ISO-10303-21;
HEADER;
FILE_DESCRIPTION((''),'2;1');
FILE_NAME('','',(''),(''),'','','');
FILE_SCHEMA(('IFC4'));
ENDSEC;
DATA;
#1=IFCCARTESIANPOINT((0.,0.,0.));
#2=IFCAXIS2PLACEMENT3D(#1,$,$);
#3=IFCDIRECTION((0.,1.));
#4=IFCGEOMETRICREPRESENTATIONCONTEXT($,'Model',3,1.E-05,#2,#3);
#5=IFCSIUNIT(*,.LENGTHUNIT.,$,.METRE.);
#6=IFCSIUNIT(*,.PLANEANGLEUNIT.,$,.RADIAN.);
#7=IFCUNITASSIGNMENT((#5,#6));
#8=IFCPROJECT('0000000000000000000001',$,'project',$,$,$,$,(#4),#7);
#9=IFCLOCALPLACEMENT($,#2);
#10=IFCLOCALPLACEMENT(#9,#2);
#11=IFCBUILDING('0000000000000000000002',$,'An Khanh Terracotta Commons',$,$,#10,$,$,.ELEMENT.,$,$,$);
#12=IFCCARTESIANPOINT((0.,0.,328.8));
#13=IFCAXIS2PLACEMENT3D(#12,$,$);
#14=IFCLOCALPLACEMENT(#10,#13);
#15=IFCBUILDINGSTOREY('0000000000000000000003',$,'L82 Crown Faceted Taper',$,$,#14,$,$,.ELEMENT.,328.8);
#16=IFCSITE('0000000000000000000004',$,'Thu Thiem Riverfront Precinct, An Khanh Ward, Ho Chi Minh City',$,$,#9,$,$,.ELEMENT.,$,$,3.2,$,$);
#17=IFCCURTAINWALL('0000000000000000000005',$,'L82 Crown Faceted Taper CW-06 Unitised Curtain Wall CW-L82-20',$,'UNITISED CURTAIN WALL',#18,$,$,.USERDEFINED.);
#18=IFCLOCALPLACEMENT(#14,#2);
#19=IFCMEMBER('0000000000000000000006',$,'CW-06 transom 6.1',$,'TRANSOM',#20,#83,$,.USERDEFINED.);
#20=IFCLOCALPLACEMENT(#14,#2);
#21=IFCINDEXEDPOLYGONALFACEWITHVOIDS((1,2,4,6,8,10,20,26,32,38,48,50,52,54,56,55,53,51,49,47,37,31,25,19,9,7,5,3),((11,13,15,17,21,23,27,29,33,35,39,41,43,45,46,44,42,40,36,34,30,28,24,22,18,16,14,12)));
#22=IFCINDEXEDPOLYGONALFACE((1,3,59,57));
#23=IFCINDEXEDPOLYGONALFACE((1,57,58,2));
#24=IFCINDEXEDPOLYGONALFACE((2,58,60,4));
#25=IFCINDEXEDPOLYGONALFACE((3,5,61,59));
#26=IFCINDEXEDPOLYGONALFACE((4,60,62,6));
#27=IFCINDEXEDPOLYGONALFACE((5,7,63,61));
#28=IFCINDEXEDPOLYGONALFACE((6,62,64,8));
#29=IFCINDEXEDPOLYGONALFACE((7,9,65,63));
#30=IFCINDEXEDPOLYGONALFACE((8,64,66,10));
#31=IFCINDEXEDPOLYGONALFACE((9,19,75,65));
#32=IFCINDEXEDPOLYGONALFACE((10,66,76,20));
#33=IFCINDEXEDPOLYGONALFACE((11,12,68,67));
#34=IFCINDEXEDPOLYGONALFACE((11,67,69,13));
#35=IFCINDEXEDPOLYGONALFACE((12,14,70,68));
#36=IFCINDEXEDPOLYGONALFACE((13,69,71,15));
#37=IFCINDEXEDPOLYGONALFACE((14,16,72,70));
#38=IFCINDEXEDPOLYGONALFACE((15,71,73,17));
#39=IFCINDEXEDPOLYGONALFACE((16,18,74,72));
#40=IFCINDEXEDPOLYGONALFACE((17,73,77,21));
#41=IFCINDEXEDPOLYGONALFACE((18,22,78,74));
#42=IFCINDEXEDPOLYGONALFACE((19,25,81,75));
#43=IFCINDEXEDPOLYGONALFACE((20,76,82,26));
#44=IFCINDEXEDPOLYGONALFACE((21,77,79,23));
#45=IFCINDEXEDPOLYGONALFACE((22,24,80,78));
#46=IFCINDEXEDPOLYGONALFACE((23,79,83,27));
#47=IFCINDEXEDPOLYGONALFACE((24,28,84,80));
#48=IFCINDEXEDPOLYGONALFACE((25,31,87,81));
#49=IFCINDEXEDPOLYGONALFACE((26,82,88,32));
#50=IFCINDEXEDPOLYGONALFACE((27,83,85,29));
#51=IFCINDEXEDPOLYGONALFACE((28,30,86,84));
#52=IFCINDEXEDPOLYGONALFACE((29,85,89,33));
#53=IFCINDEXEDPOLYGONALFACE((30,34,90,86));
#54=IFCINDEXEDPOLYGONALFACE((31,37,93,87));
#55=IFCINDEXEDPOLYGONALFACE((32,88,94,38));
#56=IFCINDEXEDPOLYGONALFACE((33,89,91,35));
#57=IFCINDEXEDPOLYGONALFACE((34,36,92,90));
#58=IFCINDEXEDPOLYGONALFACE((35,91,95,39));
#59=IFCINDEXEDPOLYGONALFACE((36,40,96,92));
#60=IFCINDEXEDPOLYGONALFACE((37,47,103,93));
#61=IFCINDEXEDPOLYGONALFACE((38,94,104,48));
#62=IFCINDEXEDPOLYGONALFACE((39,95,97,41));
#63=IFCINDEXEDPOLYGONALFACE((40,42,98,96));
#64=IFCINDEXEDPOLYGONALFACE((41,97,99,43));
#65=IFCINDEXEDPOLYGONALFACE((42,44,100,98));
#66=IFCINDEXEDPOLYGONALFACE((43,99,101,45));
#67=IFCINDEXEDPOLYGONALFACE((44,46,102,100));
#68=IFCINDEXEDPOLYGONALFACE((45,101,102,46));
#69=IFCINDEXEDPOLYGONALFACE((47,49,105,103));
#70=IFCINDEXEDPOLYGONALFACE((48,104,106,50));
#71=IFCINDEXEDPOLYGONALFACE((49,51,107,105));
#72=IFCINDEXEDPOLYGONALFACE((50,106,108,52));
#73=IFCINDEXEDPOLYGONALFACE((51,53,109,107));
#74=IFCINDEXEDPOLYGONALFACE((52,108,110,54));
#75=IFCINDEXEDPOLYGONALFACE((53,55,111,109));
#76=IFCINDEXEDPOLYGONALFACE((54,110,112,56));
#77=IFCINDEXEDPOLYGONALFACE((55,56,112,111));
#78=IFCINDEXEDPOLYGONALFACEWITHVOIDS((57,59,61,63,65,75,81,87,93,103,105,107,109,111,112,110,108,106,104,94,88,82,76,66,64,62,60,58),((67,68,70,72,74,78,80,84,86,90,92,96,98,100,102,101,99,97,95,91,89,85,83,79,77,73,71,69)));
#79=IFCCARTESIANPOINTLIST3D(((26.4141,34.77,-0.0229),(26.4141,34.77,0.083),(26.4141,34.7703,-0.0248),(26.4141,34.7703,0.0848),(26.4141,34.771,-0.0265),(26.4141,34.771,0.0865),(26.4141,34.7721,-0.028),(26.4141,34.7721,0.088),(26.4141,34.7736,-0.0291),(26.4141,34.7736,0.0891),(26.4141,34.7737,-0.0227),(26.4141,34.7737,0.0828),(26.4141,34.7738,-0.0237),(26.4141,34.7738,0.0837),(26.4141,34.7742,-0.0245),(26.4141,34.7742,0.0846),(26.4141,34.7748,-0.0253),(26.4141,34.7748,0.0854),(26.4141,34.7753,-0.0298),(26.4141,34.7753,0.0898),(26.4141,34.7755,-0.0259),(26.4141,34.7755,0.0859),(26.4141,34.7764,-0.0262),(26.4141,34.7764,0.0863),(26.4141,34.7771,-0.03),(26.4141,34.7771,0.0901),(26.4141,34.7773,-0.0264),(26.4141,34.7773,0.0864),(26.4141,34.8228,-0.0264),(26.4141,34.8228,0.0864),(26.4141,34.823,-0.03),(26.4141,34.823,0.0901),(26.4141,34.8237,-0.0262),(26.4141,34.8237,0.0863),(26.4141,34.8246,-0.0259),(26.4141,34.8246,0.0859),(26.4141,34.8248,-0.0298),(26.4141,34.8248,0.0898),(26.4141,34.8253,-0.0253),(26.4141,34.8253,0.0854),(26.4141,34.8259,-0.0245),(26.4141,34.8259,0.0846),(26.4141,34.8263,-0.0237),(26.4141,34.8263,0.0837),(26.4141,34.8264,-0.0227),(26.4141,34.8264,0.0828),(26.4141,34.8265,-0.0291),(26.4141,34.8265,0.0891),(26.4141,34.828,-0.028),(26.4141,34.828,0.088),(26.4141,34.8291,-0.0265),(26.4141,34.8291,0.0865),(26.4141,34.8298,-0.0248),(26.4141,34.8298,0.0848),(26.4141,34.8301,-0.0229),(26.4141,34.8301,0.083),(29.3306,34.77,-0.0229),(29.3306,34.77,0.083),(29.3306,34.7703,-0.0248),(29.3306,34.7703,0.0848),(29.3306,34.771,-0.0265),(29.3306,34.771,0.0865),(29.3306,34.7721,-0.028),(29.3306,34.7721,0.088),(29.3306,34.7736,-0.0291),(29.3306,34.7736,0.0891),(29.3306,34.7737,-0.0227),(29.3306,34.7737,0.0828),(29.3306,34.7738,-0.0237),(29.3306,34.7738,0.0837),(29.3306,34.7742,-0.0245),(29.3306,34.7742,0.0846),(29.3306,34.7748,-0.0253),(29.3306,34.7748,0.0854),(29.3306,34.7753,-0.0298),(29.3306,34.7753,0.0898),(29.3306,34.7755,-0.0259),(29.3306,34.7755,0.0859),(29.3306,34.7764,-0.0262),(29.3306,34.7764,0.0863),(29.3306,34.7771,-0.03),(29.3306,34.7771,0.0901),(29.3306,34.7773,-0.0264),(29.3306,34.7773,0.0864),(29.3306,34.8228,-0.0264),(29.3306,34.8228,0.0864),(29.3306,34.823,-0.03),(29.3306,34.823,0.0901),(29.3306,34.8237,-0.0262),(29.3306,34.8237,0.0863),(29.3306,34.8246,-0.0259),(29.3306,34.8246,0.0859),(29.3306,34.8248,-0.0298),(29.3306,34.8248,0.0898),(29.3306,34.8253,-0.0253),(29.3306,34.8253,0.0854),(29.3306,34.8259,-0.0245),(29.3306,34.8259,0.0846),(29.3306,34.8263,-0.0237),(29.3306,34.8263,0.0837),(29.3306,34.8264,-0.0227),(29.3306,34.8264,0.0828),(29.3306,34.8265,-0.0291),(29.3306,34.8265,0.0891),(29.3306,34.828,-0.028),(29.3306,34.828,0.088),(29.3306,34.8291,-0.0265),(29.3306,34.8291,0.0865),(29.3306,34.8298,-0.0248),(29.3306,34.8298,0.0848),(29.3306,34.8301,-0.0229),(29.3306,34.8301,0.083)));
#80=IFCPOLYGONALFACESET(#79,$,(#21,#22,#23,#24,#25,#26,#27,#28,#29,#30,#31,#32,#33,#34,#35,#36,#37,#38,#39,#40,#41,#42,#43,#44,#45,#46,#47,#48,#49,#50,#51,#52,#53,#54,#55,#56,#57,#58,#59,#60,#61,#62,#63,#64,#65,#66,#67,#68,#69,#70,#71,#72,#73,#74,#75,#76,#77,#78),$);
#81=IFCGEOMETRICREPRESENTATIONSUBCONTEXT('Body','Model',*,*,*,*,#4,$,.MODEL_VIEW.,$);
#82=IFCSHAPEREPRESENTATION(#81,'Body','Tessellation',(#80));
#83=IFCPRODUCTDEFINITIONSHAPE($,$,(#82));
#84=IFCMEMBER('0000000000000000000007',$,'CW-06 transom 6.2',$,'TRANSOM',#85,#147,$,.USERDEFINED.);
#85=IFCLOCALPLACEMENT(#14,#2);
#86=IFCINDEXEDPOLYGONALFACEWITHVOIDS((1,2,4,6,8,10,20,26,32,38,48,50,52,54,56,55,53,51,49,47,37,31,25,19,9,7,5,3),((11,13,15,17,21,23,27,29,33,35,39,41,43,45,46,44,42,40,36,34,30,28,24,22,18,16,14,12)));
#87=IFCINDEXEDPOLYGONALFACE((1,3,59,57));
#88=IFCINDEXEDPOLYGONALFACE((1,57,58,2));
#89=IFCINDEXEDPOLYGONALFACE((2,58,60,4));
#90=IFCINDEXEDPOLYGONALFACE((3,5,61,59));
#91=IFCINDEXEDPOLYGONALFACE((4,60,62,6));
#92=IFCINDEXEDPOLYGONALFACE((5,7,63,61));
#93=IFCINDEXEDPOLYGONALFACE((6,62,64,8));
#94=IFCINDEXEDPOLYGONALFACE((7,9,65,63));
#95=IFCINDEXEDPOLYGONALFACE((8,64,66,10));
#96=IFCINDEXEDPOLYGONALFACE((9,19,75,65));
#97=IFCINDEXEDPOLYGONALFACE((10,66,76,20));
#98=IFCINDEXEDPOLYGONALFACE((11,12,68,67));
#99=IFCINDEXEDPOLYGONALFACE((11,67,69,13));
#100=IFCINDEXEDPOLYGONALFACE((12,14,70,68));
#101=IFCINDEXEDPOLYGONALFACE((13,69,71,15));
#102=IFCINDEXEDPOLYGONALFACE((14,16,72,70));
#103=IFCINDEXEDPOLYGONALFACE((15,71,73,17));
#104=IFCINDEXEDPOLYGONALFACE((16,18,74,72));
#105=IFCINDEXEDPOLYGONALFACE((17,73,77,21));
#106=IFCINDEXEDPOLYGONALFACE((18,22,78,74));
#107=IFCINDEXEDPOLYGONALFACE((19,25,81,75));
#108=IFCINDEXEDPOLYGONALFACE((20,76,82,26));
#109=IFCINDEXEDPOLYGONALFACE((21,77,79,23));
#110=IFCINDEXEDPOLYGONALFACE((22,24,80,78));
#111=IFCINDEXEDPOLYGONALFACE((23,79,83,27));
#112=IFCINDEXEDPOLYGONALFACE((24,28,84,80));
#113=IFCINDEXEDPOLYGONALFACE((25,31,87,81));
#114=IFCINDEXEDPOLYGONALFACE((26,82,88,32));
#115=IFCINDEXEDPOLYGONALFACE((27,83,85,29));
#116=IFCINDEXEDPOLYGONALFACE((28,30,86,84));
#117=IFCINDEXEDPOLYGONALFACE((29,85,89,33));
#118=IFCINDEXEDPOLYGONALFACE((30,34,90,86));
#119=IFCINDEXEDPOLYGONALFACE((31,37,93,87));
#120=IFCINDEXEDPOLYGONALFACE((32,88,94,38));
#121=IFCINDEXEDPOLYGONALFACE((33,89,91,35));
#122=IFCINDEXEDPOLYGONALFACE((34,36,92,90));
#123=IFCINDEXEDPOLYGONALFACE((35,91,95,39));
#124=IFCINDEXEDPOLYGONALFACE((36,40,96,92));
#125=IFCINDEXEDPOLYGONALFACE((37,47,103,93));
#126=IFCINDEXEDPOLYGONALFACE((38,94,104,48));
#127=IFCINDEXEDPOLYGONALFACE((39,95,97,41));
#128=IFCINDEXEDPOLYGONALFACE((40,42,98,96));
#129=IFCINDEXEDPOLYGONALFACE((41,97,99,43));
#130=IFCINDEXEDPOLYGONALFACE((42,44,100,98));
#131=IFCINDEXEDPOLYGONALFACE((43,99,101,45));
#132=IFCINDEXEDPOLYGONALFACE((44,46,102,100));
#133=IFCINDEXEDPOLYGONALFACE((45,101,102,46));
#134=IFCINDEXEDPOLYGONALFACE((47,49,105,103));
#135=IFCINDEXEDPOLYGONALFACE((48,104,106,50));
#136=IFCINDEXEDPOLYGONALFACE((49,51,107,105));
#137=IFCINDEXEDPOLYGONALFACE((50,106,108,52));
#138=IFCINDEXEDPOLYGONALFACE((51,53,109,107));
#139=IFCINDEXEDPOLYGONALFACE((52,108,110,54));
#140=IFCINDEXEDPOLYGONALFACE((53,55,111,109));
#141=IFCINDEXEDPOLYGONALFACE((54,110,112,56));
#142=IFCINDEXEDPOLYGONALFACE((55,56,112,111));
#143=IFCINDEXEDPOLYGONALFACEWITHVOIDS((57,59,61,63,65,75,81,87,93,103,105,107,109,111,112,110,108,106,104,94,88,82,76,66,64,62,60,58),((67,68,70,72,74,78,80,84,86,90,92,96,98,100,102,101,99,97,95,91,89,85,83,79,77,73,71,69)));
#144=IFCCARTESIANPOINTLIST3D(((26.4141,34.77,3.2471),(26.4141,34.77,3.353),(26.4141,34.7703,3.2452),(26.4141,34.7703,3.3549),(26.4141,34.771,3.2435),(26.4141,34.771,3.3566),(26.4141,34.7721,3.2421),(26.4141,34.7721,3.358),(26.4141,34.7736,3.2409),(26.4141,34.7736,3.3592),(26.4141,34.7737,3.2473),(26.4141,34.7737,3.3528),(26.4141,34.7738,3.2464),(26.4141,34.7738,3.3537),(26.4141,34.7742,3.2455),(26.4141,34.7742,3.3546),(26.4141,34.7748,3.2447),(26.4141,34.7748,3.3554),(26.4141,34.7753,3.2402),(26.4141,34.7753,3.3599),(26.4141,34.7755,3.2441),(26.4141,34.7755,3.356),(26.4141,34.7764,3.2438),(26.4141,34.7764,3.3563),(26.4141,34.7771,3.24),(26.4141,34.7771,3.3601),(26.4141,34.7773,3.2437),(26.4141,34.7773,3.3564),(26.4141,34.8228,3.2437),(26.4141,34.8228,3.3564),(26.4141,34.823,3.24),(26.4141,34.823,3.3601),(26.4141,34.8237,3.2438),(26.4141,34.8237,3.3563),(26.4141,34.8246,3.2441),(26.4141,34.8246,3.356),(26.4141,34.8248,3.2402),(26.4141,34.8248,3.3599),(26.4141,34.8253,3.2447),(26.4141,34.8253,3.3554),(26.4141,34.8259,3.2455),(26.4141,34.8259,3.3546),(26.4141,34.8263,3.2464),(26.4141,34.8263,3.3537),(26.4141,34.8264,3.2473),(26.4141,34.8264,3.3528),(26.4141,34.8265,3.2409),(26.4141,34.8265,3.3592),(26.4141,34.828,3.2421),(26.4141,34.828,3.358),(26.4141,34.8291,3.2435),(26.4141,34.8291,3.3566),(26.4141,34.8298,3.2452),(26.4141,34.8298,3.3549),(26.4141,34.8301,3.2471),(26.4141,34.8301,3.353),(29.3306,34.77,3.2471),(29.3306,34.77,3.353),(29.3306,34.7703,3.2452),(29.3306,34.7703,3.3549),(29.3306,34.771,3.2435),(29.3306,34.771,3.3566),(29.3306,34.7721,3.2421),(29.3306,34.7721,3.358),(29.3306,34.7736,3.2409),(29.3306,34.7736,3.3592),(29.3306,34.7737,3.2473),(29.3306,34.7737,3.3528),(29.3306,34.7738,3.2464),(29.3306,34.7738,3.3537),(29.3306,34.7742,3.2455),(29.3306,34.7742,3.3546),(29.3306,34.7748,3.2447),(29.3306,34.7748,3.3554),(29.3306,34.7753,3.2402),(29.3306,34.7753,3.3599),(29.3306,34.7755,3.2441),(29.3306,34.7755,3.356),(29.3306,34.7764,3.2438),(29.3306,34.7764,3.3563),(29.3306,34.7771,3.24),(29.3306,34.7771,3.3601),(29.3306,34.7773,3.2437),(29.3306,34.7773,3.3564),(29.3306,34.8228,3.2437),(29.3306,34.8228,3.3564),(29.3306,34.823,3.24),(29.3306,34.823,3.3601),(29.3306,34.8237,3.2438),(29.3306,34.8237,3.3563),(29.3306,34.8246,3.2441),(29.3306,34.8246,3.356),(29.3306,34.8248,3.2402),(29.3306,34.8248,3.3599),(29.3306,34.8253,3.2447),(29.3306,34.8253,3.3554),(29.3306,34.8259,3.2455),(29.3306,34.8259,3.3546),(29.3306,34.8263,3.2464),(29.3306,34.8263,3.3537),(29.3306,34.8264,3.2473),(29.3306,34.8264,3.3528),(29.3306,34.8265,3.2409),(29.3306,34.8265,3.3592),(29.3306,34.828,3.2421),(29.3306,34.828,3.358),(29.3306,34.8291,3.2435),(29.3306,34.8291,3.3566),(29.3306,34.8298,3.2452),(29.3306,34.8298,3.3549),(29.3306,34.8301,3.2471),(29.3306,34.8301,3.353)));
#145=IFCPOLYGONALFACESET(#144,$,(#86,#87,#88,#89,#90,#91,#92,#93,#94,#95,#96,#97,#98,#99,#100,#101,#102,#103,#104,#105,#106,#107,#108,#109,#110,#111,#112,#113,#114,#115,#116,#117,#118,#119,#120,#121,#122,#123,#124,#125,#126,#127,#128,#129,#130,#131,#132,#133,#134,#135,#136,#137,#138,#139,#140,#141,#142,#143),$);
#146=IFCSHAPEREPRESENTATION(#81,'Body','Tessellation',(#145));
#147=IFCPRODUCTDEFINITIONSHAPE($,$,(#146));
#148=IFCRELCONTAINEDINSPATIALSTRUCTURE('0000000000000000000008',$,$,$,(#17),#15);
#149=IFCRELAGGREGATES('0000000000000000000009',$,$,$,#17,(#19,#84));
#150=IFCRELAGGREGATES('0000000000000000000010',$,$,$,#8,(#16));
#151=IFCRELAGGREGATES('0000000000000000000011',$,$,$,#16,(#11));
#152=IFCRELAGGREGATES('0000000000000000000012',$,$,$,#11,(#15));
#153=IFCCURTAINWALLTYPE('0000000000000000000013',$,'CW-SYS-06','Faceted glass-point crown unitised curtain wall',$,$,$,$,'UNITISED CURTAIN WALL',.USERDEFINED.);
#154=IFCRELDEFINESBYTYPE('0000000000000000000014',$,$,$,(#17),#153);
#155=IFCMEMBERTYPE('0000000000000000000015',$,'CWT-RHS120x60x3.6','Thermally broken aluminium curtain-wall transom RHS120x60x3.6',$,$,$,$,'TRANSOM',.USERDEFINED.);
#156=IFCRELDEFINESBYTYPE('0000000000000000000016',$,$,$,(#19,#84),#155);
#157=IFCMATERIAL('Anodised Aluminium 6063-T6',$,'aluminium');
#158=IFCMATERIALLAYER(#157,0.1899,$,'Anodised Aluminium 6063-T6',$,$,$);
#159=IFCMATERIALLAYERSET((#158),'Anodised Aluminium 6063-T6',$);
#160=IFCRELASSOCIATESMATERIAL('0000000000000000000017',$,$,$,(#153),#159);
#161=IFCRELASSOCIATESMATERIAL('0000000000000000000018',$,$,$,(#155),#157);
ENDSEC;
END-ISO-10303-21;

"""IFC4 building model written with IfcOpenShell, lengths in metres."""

from ifc_helpers import new_model, si_unit, direction, frame, origin, origin_2d, place, context, subcontext, project, spatial, hollow_rectangle, extrude, material, layer, layer_set, material_profile, profile_set, type_object, element, aggregate, save


model = new_model("IFC4")

# Units and contexts
model_context = context("Model", 3, precision=1e-05, world=origin(), true_north=direction((0.0, 1.0)))
body_context = subcontext(model_context, "Body", "Model", "MODEL_VIEW")
ifc_project = project(units=[si_unit("LENGTHUNIT", "METRE"), si_unit("PLANEANGLEUNIT", "RADIAN")], contexts=[model_context])

# Site, building, storey
site_placement = place(None, origin())
site = spatial("IfcSite", under=ifc_project, at=site_placement, Name="Thu Thiem Riverfront Precinct, An Khanh Ward, Ho Chi Minh City", CompositionType="ELEMENT", RefElevation=3.2)
building_placement = place(site_placement, origin())
building = spatial("IfcBuilding", under=site, at=building_placement, Name="An Khanh Terracotta Commons", CompositionType="ELEMENT")
storey_placement = place(building_placement, frame((0.0, 0.0, 328.8)))
storey = spatial("IfcBuildingStorey", under=building, at=storey_placement, Name="L82 Crown Faceted Taper", CompositionType="ELEMENT", Elevation=328.8)

# Curtain wall, members
ifc_material_1 = material(Name="Anodised Aluminium 6063-T6", Category="aluminium")
ifc_layer_1 = layer(ifc_material_1, 0.1899, Name="Anodised Aluminium 6063-T6")
ifc_layer_set_1 = layer_set([ifc_layer_1], Name="Anodised Aluminium 6063-T6")
curtain_wall_type = type_object("IfcCurtainWallType", Name="CW-SYS-06", Description="Faceted glass-point crown unitised curtain wall", ElementType="UNITISED CURTAIN WALL", PredefinedType="USERDEFINED", material=ifc_layer_set_1)
curtain_wall_placement = place(storey_placement, origin())
curtain_wall = element("IfcCurtainWall", 1, at=curtain_wall_placement, inside=storey, type_object=curtain_wall_type, Name="L82 Crown Faceted Taper CW-06 Unitised Curtain Wall CW-L82-20", ObjectType="UNITISED CURTAIN WALL", PredefinedType="USERDEFINED")
ifc_material_profile_1 = material_profile(ifc_material_1, hollow_rectangle(XDim=0.0601, YDim=0.1201, WallThickness=0.0037, InnerFilletRadius=0.0037, OuterFilletRadius=0.0071, at=origin_2d()), Name="RHS120x60x3.6")
ifc_profile_set_1 = profile_set([ifc_material_profile_1], Name="Anodised Aluminium 6063-T6")
member_type_1 = type_object("IfcMemberType", Name="CWT-RHS120x60x3.6", Description="Thermally broken aluminium curtain-wall transom RHS120x60x3.6", ElementType="TRANSOM", PredefinedType="USERDEFINED", material=ifc_profile_set_1)
member_1_placement = place(storey_placement, frame((29.3306, 34.8, 0.03), z_axis=(-1.0, 0.0, 0.0), x_axis=(0.0, -1.0, 0.0)))
member_1 = element("IfcMember", 2, at=member_1_placement, type_object=member_type_1, Name="CW-06 transom 6.1", ObjectType="TRANSOM", PredefinedType="USERDEFINED", context=body_context, shape_type="SweptSolid", body=[
    extrude(hollow_rectangle(XDim=0.0601, YDim=0.1201, WallThickness=0.0037, InnerFilletRadius=0.0037, OuterFilletRadius=0.0071, at=origin_2d()), origin(), (0.0, 0.0, 1.0), 2.9165),
])
member_2_placement = place(storey_placement, frame((29.3306, 34.8, 3.3), z_axis=(-1.0, 0.0, 0.0), x_axis=(0.0, -1.0, 0.0)))
member_2 = element("IfcMember", 3, at=member_2_placement, type_object=member_type_1, Name="CW-06 transom 6.2", ObjectType="TRANSOM", PredefinedType="USERDEFINED", context=body_context, shape_type="SweptSolid", body=[
    extrude(hollow_rectangle(XDim=0.0601, YDim=0.1201, WallThickness=0.0037, InnerFilletRadius=0.0037, OuterFilletRadius=0.0071, at=origin_2d()), origin(), (0.0, 0.0, 1.0), 2.9165),
])
aggregate(curtain_wall, [member_1, member_2])

save(model, "model.ifc")
